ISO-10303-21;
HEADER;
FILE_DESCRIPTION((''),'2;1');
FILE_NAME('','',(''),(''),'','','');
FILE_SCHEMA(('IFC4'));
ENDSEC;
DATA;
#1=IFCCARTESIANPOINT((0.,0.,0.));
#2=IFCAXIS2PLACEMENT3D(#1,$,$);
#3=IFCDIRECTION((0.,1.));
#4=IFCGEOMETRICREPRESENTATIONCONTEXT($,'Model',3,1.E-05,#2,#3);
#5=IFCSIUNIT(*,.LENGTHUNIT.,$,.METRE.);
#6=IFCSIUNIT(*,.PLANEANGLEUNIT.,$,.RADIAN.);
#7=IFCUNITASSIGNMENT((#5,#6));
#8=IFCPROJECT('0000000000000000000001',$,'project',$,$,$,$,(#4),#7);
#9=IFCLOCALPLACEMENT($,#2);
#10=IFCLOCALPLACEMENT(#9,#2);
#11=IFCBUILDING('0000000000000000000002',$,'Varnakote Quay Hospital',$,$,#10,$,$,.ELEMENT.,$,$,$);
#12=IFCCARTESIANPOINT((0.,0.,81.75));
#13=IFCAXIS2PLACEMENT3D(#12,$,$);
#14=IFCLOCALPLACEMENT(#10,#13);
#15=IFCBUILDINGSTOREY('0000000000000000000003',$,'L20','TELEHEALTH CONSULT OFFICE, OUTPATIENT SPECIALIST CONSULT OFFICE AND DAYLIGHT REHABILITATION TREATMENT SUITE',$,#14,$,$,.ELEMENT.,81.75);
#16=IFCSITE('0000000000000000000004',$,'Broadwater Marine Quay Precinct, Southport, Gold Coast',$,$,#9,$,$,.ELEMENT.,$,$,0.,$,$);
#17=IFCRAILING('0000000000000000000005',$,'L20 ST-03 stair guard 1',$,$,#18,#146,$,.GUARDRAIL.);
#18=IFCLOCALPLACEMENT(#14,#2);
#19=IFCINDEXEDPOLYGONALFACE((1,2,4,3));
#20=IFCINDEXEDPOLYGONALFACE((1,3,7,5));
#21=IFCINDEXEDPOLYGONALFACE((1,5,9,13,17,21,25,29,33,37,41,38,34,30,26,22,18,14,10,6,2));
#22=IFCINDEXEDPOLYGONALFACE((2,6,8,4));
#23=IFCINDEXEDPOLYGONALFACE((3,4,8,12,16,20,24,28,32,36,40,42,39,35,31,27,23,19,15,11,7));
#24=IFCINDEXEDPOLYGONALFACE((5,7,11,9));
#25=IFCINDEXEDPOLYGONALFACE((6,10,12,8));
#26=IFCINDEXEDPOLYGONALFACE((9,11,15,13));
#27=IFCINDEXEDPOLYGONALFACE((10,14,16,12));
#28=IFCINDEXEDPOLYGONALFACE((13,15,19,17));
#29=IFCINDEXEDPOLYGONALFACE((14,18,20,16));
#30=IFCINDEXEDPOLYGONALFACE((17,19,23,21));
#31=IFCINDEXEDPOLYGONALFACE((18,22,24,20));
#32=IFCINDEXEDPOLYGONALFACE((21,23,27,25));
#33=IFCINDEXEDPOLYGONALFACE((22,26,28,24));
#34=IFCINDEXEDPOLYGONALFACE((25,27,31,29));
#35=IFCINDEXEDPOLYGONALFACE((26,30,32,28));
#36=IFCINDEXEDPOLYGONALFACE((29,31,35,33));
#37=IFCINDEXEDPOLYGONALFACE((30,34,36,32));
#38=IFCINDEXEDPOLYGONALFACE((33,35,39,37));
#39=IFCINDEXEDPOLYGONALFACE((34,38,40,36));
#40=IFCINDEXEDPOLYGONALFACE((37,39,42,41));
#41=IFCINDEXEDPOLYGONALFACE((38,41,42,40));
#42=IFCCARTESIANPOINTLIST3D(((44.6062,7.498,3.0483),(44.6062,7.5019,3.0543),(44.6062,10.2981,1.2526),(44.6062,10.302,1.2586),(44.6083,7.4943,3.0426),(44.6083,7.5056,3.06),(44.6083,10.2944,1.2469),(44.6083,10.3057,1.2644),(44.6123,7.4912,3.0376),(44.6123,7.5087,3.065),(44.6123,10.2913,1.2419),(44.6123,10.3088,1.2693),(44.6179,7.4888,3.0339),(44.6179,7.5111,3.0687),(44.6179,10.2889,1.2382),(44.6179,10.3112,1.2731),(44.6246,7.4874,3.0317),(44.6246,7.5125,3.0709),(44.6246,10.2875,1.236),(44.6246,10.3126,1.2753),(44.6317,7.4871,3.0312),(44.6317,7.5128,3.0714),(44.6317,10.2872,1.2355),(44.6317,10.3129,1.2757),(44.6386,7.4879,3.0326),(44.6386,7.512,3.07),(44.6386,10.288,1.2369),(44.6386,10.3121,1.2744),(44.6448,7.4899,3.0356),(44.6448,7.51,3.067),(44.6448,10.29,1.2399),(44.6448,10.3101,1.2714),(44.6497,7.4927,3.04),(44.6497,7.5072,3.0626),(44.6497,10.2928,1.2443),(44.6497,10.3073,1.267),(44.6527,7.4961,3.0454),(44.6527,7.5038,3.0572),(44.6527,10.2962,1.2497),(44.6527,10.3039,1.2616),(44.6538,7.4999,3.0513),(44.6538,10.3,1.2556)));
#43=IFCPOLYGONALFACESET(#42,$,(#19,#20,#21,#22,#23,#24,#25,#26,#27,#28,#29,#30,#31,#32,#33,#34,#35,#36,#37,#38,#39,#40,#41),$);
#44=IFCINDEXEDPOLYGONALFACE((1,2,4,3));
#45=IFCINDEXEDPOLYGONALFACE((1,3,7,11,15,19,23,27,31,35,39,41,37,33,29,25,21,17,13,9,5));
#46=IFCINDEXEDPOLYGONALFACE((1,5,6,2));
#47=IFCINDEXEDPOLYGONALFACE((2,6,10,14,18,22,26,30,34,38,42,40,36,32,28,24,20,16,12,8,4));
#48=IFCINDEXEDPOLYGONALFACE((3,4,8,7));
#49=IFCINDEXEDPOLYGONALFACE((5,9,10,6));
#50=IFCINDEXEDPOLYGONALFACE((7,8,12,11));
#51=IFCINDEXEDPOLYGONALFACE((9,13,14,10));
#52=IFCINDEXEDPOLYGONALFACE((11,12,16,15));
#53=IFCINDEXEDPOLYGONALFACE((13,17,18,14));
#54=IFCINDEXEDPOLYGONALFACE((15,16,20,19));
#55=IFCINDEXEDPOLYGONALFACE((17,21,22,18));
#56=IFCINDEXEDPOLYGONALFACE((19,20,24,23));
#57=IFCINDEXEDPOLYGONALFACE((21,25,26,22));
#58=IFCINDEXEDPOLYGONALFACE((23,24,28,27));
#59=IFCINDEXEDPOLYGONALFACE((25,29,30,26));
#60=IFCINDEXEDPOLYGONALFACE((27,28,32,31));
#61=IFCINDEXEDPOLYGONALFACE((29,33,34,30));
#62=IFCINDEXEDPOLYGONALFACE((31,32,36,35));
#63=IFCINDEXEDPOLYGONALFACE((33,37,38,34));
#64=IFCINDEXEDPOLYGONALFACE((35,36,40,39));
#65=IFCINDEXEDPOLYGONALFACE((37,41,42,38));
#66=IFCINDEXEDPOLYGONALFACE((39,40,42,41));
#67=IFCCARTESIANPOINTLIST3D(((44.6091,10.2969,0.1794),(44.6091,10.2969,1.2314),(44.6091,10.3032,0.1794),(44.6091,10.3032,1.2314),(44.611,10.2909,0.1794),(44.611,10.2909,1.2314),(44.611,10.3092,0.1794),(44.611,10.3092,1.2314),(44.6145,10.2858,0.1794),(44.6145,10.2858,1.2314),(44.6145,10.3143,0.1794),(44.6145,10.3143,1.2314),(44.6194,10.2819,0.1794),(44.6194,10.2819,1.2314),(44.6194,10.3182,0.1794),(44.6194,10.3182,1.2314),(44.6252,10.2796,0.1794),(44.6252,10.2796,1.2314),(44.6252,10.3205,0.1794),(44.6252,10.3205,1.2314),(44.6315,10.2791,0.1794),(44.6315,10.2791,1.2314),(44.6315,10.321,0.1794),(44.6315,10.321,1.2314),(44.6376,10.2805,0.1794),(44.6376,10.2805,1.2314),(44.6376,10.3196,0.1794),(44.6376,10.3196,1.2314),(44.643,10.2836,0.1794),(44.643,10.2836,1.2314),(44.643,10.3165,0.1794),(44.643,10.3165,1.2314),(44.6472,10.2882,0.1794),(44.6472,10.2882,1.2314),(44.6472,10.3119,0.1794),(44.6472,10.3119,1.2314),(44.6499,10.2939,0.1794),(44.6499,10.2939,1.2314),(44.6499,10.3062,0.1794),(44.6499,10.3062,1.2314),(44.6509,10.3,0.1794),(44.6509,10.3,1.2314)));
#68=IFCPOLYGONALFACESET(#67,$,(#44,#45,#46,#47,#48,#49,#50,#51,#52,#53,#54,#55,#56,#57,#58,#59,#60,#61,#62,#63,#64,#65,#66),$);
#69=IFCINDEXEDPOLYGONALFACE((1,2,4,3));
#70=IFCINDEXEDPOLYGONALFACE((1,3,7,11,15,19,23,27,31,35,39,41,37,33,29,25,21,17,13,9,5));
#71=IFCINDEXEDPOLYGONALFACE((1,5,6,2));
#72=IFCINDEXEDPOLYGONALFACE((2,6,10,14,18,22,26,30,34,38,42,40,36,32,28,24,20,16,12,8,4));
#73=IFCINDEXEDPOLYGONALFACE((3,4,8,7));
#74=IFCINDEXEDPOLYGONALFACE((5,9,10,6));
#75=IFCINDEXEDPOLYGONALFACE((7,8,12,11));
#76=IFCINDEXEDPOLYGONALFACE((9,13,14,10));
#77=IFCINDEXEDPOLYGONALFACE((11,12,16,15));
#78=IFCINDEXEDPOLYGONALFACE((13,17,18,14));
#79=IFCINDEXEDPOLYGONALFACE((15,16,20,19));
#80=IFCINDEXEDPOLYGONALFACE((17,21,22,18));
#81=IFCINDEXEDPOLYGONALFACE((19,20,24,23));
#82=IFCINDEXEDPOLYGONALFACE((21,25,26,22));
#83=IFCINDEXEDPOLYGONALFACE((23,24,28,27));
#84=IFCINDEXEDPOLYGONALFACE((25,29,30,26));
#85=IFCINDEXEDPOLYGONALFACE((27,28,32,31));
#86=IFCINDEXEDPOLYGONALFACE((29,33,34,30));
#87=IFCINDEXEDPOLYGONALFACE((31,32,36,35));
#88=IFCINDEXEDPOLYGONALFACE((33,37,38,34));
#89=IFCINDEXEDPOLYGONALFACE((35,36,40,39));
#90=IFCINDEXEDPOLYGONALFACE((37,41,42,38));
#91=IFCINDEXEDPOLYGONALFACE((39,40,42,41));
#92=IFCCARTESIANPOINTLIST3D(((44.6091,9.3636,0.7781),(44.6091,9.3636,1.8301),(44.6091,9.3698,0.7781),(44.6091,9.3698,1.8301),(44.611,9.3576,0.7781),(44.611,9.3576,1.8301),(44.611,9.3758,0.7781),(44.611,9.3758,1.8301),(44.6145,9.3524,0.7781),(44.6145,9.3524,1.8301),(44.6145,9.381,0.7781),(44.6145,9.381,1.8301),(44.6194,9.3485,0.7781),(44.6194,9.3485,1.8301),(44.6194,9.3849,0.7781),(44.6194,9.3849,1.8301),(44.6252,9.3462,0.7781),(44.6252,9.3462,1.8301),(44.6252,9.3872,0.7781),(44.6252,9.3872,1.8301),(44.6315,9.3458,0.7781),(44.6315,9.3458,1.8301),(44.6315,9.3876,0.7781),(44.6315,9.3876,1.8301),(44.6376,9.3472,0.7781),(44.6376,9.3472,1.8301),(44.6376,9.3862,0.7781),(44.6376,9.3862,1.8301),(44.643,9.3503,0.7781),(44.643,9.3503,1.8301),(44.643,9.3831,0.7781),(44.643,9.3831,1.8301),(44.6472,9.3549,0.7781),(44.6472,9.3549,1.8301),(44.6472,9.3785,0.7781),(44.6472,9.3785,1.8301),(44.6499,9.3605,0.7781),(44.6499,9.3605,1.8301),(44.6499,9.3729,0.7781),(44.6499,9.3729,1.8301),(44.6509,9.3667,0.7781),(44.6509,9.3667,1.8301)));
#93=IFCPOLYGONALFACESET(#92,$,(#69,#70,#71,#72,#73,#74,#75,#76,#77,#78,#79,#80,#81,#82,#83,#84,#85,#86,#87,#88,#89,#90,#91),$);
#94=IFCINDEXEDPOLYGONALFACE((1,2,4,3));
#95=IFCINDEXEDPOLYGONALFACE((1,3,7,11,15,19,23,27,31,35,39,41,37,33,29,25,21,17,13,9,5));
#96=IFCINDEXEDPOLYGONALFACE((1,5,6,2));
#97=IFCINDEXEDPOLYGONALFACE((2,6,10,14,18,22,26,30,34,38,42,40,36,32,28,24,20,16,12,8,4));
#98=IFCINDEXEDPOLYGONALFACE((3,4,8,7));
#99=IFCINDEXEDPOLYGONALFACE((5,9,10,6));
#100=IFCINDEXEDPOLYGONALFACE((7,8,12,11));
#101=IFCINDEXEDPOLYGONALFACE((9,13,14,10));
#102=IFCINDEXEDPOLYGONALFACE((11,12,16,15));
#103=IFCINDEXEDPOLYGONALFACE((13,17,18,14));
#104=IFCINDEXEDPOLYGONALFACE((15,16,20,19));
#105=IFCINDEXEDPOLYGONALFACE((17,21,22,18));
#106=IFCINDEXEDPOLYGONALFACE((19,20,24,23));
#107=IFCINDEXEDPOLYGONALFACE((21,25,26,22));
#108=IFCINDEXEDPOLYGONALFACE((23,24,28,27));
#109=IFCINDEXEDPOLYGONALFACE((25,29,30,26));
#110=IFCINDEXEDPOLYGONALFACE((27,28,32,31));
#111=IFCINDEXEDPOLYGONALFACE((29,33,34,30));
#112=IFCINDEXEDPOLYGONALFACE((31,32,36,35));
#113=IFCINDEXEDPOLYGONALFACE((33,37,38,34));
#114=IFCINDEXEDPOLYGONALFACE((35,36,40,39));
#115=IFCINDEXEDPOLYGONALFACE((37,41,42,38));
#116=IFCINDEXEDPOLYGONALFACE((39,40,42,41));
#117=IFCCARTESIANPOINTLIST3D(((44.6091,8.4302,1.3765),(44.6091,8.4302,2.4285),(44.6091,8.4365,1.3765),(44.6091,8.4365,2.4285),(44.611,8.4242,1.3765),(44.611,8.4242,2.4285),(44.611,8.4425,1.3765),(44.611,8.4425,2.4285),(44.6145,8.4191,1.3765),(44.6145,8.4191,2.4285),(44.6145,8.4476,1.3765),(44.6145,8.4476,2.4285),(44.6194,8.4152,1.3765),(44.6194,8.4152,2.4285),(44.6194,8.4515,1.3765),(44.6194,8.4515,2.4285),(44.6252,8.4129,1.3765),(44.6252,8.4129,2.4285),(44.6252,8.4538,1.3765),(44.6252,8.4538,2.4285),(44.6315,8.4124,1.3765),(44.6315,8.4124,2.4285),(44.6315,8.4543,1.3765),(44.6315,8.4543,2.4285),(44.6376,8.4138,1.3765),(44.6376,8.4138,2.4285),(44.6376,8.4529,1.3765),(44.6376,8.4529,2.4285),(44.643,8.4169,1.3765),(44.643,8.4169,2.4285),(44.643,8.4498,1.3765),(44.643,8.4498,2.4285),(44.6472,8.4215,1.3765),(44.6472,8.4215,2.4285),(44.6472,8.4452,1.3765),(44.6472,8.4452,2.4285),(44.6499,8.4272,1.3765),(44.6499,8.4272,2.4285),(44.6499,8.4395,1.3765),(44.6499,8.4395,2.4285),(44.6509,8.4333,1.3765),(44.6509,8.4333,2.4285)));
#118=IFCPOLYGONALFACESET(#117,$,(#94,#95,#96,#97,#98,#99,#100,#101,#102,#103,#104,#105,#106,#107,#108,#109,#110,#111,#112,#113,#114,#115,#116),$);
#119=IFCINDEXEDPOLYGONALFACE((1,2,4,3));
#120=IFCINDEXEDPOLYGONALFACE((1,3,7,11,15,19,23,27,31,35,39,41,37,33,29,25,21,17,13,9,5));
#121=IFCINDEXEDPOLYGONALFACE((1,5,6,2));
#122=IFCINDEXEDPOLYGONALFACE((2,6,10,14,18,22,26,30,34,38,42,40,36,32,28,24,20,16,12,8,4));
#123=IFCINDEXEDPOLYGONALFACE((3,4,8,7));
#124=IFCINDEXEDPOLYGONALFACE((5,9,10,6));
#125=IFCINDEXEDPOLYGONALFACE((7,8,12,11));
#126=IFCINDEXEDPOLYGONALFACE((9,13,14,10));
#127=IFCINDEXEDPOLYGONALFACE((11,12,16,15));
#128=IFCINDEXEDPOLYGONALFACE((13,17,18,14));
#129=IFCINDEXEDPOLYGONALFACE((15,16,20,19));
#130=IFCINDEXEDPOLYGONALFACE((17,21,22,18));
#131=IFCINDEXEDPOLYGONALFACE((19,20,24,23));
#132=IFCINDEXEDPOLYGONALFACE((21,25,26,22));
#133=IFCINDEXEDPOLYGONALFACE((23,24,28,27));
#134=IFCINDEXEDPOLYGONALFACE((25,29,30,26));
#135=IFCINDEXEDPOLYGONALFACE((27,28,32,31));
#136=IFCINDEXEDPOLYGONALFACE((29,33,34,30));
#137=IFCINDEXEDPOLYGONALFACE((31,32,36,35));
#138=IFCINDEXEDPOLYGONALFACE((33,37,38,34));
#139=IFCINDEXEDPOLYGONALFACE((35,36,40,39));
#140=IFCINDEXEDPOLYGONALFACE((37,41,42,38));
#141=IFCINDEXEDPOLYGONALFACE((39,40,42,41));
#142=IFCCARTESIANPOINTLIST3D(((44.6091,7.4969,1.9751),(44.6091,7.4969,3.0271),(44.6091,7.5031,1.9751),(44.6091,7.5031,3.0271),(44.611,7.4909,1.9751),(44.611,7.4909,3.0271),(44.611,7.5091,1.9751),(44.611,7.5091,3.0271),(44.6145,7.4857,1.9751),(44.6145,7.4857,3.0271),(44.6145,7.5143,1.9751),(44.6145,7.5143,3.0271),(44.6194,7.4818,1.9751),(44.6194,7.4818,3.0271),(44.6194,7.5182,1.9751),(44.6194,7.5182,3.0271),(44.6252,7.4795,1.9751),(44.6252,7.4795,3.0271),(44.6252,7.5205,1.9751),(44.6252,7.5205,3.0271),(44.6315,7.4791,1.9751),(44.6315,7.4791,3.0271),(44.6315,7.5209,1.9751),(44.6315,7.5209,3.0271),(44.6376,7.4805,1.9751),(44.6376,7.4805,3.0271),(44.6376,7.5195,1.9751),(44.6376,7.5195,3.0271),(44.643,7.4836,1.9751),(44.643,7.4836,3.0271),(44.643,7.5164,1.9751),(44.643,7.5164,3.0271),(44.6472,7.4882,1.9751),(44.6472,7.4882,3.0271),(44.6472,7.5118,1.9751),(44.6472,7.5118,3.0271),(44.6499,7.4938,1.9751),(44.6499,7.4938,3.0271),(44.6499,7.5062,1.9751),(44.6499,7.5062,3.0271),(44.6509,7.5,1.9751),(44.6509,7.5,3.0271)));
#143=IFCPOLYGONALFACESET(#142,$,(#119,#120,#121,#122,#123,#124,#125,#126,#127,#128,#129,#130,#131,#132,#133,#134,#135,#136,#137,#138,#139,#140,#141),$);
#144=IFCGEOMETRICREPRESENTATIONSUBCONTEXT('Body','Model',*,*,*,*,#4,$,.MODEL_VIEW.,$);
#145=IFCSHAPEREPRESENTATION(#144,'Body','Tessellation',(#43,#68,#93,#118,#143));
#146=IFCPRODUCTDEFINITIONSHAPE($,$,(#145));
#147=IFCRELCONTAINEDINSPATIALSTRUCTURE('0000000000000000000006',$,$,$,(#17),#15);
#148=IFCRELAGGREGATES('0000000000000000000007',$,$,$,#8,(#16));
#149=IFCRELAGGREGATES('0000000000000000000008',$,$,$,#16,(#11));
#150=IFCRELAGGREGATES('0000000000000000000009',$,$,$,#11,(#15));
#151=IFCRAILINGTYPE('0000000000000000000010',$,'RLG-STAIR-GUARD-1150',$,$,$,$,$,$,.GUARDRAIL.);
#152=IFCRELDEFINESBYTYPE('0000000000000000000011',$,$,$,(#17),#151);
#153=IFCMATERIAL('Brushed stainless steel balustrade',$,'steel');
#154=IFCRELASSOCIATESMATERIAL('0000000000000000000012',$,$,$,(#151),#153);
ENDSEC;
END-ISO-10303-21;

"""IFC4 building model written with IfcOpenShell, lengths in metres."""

from ifc_helpers import new_model, si_unit, direction, frame, origin, origin_2d, place, context, subcontext, project, spatial, circle, extrude, material, type_object, element, save


model = new_model("IFC4")

# Units and contexts
model_context = context("Model", 3, precision=1e-05, world=origin(), true_north=direction((0.0, 1.0)))
body_context = subcontext(model_context, "Body", "Model", "MODEL_VIEW")
ifc_project = project(units=[si_unit("LENGTHUNIT", "METRE"), si_unit("PLANEANGLEUNIT", "RADIAN")], contexts=[model_context])

# Site, building, storey
site_placement = place(None, origin())
site = spatial("IfcSite", under=ifc_project, at=site_placement, Name="Broadwater Marine Quay Precinct, Southport, Gold Coast", CompositionType="ELEMENT", RefElevation=0.0)
building_placement = place(site_placement, origin())
building = spatial("IfcBuilding", under=site, at=building_placement, Name="Varnakote Quay Hospital", CompositionType="ELEMENT")
storey_placement = place(building_placement, frame((0.0, 0.0, 81.75)))
storey = spatial("IfcBuildingStorey", under=building, at=storey_placement, Name="L20", Description="TELEHEALTH CONSULT OFFICE, OUTPATIENT SPECIALIST CONSULT OFFICE AND DAYLIGHT REHABILITATION TREATMENT SUITE", CompositionType="ELEMENT", Elevation=81.75)

# Railing
ifc_material_1 = material(Name="Brushed stainless steel balustrade", Category="steel")
railing_type_1 = type_object("IfcRailingType", Name="RLG-STAIR-GUARD-1150", PredefinedType="GUARDRAIL", material=ifc_material_1)
railing_1_placement = place(storey_placement, frame((44.6299, 10.3, 0.1794)))
element("IfcRailing", 1, at=railing_1_placement, inside=storey, type_object=railing_type_1, Name="L20 ST-03 stair guard 1", PredefinedType="GUARDRAIL", context=body_context, shape_type="SweptSolid", body=[
    extrude(circle(Radius=0.0239, at=origin_2d()), frame((0.0, 0.0, 1.0762), z_axis=(0.0, -0.841777, 0.539826), x_axis=(1.0, 0.0, 0.0)), (0.0, 0.0, 1.0), 3.3264),
    extrude(circle(Radius=0.021, at=origin_2d()), origin(), (0.0, 0.0, 1.0), 1.052),
    extrude(circle(Radius=0.021, at=origin_2d()), frame((0.0, -0.9333, 0.5986)), (0.0, 0.0, 1.0), 1.052),
    extrude(circle(Radius=0.021, at=origin_2d()), frame((0.0, -1.8667, 1.197)), (0.0, 0.0, 1.0), 1.052),
    extrude(circle(Radius=0.021, at=origin_2d()), frame((0.0, -2.8, 1.7957)), (0.0, 0.0, 1.0), 1.052),
])

save(model, "model.ifc")
